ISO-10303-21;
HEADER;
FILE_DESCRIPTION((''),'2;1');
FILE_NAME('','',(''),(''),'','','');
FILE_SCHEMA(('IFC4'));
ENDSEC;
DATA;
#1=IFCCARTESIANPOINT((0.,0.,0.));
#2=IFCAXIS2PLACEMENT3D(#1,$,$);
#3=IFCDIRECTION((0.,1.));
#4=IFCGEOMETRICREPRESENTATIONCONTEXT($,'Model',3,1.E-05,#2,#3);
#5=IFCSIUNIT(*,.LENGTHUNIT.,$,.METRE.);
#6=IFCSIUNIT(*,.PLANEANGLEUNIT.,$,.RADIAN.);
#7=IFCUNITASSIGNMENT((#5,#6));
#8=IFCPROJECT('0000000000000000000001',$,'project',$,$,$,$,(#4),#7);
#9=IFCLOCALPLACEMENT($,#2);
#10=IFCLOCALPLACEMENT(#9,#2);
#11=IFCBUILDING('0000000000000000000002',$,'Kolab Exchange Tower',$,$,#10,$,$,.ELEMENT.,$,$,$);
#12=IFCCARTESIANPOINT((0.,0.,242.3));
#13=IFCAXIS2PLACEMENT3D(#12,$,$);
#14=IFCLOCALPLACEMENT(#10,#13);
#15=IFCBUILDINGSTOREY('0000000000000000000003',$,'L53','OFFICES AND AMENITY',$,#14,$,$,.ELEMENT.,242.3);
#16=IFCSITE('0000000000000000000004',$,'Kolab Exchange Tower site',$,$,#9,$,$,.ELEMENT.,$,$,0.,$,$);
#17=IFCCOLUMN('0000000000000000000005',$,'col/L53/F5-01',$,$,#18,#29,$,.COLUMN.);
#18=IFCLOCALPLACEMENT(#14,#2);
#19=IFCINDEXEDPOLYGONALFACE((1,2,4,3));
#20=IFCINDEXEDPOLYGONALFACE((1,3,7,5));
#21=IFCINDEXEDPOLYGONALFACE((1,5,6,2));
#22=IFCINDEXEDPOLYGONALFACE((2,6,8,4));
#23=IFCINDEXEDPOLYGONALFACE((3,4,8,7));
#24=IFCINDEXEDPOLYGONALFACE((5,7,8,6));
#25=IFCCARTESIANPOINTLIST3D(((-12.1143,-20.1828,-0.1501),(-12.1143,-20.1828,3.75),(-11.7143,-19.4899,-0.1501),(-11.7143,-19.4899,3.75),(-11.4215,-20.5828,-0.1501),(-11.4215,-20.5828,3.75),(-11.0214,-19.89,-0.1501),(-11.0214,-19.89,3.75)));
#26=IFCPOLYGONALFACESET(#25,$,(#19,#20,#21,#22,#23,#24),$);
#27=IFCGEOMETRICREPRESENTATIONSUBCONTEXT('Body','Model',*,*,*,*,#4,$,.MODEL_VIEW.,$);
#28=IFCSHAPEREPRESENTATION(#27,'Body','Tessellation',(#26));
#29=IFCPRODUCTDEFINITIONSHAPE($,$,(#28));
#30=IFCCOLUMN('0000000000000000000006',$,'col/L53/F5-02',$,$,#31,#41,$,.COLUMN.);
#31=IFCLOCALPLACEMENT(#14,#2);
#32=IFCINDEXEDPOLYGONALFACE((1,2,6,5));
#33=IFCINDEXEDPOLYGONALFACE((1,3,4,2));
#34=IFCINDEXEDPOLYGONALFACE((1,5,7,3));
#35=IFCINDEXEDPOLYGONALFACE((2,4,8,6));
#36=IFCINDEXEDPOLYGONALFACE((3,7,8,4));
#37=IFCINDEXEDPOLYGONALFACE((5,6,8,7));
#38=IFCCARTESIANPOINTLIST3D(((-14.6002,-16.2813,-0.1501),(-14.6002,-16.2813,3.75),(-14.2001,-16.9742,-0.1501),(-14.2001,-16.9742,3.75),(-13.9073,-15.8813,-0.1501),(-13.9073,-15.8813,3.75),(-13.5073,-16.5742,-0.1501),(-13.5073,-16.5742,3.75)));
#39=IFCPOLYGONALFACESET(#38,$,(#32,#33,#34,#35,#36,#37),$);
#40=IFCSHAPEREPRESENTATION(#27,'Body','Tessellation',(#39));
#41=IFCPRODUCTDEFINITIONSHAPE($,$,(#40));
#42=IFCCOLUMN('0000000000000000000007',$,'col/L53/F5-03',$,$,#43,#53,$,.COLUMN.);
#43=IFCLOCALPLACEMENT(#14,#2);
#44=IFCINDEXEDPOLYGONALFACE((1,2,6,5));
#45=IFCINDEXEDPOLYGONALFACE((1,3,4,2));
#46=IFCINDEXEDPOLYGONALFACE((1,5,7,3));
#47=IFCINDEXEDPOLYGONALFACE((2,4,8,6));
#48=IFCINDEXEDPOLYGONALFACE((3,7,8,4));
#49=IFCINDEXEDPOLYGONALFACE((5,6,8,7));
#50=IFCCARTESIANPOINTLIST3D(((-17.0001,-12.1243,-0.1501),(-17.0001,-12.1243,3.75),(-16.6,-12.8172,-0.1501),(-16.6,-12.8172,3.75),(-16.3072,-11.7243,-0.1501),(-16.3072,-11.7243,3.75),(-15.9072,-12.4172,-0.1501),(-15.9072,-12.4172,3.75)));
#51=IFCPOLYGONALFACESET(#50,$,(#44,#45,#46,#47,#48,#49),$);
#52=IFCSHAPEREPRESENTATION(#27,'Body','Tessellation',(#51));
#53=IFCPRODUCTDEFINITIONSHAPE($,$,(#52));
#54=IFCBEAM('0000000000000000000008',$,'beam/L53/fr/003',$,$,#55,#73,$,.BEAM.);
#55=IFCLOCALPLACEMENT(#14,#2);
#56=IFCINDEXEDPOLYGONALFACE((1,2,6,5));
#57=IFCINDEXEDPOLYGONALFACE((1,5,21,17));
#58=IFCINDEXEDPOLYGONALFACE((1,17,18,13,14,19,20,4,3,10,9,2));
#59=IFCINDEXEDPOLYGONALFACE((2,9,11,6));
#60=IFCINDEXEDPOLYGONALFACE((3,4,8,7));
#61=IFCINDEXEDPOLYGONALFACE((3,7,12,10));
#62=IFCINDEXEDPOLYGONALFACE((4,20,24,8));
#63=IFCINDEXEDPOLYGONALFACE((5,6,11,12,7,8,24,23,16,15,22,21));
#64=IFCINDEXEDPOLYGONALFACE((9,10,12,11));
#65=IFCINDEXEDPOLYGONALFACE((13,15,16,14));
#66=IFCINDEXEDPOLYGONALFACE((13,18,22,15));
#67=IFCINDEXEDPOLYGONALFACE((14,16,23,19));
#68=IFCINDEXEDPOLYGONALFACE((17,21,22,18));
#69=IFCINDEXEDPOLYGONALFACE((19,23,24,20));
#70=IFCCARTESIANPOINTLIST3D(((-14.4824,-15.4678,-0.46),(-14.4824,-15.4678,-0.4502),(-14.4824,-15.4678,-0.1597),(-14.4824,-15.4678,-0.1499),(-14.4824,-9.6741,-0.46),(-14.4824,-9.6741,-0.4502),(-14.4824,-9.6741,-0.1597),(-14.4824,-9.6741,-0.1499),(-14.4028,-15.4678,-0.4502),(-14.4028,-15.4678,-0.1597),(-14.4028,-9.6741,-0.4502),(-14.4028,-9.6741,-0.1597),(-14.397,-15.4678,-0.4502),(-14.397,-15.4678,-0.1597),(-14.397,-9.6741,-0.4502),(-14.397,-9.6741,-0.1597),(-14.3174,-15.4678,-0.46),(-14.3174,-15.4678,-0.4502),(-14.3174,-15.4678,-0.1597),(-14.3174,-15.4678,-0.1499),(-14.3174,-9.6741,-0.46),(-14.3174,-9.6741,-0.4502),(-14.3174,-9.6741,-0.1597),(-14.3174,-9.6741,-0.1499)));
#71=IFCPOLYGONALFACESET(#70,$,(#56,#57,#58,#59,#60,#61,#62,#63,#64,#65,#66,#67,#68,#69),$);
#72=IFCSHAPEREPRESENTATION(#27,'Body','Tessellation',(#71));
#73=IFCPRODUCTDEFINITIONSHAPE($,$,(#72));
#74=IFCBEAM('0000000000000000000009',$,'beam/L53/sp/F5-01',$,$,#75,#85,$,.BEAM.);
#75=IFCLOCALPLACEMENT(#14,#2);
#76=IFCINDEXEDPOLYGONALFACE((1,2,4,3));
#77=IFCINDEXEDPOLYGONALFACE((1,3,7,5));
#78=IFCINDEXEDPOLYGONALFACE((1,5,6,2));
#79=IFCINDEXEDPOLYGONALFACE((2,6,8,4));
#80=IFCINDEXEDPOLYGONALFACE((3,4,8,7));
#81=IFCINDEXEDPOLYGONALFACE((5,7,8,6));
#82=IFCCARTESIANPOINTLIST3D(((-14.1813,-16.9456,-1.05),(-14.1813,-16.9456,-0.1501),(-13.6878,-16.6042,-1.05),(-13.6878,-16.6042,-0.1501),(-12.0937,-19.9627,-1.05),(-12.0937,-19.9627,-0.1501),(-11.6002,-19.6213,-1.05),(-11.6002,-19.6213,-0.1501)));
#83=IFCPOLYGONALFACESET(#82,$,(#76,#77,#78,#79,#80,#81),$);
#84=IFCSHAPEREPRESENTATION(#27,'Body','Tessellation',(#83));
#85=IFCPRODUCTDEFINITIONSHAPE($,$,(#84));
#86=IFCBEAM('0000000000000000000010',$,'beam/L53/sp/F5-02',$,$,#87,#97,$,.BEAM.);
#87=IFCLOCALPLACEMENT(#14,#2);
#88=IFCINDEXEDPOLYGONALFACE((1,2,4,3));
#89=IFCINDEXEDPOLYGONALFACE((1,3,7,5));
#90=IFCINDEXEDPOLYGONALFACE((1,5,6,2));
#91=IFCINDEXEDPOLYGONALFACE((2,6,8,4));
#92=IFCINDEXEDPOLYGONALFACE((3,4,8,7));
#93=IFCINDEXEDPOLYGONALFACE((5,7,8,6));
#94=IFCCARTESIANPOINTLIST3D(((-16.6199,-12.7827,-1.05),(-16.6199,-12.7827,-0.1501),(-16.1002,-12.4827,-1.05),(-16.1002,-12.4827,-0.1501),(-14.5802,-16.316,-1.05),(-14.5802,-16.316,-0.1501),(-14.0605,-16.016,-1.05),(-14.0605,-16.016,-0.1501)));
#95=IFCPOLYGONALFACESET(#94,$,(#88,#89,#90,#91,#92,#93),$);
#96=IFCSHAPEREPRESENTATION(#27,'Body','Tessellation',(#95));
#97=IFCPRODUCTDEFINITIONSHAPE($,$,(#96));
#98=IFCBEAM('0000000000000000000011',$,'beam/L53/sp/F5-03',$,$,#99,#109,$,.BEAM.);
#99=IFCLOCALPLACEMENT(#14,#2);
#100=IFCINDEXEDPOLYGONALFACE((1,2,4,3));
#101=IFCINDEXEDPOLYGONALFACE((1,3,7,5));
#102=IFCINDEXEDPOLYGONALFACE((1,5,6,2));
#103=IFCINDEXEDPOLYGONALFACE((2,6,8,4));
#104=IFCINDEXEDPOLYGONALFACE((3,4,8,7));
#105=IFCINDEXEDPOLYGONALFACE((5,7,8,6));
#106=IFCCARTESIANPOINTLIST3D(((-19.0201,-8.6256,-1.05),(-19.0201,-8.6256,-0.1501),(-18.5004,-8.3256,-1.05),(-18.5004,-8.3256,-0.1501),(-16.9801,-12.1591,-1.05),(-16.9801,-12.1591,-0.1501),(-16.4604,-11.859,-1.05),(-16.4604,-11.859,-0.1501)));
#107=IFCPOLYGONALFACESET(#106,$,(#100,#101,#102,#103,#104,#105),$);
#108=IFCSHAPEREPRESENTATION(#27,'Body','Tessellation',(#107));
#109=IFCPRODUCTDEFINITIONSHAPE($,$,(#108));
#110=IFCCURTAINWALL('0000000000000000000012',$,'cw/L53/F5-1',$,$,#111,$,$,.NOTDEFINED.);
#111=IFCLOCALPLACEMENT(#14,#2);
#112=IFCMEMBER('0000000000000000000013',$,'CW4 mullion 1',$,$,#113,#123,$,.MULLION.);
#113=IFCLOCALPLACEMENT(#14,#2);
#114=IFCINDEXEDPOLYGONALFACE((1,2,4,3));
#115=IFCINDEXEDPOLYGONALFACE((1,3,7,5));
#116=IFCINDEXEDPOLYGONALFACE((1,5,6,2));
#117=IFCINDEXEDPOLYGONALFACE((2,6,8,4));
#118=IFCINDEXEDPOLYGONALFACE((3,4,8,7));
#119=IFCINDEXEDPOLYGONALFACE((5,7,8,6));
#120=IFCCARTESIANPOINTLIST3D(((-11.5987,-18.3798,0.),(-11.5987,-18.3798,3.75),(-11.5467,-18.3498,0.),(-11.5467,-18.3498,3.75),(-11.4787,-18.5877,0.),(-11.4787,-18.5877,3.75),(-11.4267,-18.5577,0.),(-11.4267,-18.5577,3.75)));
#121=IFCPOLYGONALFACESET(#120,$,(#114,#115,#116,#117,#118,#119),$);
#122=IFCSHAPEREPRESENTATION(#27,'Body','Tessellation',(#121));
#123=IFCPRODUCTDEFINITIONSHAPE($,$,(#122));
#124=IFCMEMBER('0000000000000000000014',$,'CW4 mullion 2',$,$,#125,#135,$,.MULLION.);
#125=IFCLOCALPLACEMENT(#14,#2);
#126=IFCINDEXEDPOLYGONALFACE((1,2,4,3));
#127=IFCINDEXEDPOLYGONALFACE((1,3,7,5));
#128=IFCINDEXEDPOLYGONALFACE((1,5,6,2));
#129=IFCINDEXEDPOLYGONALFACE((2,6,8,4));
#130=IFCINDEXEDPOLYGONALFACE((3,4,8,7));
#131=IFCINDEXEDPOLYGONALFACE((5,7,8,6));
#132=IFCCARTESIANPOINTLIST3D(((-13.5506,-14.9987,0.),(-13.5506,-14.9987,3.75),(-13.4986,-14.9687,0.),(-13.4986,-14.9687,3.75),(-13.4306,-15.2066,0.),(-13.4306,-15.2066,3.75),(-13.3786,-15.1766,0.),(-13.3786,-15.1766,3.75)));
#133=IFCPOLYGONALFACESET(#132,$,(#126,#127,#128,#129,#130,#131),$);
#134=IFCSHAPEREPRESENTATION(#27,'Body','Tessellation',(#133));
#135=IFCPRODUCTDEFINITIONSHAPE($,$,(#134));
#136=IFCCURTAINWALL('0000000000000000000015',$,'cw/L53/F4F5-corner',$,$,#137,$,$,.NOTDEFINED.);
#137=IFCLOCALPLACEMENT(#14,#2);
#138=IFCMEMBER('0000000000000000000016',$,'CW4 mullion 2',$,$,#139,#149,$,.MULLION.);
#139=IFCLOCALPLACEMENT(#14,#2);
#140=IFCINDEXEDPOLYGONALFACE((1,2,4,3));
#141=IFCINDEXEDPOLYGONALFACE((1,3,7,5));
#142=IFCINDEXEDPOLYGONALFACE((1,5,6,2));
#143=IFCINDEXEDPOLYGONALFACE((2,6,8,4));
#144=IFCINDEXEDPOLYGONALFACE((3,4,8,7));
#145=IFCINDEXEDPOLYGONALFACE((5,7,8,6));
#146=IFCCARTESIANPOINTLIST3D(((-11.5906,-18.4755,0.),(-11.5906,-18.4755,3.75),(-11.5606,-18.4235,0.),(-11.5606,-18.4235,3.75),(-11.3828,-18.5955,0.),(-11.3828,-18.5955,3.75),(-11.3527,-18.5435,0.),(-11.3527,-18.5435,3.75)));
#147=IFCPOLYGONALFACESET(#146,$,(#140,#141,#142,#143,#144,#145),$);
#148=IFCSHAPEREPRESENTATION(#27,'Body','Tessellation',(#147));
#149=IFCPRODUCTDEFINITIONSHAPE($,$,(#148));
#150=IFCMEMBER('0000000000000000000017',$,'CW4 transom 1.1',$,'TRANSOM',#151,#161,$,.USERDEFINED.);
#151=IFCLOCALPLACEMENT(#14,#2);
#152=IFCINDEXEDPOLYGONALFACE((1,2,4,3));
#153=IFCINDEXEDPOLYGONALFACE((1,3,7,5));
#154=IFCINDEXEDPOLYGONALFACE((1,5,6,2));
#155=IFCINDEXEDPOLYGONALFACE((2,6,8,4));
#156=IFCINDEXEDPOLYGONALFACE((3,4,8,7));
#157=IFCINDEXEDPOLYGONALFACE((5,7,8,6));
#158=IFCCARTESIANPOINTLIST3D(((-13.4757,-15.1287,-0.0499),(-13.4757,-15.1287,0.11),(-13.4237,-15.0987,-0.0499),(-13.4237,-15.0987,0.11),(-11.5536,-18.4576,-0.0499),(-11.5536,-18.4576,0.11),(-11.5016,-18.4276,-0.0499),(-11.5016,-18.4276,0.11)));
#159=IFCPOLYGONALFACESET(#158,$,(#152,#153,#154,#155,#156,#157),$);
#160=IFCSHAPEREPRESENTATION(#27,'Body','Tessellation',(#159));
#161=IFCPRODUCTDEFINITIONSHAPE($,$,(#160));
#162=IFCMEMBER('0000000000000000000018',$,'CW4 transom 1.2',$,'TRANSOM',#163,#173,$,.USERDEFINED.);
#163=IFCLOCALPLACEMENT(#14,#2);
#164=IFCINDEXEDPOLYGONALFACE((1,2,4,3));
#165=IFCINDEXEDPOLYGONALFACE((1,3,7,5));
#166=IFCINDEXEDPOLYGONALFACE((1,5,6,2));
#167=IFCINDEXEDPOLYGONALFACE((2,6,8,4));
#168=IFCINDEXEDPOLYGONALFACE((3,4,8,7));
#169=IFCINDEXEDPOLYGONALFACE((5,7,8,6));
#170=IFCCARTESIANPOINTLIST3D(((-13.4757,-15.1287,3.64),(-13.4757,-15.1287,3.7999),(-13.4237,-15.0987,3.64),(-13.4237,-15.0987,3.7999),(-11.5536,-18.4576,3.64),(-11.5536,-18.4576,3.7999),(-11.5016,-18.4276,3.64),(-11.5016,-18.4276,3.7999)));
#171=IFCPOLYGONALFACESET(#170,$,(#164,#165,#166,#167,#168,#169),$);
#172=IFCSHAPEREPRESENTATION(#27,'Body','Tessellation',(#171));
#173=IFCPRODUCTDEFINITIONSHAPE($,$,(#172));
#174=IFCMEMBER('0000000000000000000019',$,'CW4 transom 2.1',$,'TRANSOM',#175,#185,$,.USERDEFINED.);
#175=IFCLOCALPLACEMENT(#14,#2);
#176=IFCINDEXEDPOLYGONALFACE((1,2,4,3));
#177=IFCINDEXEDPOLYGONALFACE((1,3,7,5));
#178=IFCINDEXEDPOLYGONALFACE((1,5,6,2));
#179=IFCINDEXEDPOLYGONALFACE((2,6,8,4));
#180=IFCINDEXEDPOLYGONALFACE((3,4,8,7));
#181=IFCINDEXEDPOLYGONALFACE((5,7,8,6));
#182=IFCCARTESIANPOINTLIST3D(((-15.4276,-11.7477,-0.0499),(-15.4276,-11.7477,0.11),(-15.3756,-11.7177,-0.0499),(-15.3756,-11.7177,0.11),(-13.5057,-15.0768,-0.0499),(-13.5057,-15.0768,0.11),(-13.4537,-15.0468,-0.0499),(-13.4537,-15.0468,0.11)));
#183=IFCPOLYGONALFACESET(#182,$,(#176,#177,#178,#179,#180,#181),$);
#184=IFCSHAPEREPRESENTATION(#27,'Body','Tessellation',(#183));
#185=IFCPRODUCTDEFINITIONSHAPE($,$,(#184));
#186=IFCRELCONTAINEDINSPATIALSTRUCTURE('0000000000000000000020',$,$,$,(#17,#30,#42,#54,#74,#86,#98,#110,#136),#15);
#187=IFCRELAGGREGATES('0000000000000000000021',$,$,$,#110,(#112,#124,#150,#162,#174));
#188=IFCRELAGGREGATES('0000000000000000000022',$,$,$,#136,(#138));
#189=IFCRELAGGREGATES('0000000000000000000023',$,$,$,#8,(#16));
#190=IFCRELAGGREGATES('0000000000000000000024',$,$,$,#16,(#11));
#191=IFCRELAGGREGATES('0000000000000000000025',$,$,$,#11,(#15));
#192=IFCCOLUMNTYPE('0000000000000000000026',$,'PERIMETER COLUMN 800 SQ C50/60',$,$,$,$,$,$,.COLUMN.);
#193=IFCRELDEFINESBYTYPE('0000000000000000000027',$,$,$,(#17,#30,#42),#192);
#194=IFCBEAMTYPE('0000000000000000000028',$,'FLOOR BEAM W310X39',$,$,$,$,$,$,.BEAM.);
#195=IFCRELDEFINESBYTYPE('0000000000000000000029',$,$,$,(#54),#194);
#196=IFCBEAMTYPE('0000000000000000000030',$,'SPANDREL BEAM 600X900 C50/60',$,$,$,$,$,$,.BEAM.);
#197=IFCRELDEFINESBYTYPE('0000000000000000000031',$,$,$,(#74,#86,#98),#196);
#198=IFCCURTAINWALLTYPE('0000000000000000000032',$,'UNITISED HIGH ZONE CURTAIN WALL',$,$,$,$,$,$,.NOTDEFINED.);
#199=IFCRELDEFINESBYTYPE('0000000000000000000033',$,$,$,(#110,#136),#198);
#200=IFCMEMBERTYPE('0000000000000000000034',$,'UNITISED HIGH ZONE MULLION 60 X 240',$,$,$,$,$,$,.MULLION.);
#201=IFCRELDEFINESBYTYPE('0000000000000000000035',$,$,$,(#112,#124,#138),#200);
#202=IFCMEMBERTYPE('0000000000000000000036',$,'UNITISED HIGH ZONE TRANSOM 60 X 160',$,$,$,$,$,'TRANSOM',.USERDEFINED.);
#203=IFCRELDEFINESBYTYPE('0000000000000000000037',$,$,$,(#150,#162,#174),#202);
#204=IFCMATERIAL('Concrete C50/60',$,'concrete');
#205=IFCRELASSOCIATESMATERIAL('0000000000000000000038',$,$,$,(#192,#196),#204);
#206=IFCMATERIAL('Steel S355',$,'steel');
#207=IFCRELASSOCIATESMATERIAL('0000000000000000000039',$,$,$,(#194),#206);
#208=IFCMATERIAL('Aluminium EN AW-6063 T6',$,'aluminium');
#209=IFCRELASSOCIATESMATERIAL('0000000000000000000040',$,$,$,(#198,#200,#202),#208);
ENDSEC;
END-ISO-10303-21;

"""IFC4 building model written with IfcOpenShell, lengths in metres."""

from ifc_helpers import new_model, si_unit, direction, frame, origin, origin_2d, place, context, subcontext, project, spatial, rectangle, i_section, extrude, material, material_profile, profile_set, type_object, element, aggregate, save


model = new_model("IFC4")

# Units and contexts
model_context = context("Model", 3, precision=1e-05, world=origin(), true_north=direction((0.0, 1.0)))
body_context = subcontext(model_context, "Body", "Model", "MODEL_VIEW")
ifc_project = project(units=[si_unit("LENGTHUNIT", "METRE"), si_unit("PLANEANGLEUNIT", "RADIAN")], contexts=[model_context])

# Site, building, storey
site_placement = place(None, origin())
site = spatial("IfcSite", under=ifc_project, at=site_placement, Name="Kolab Exchange Tower site", CompositionType="ELEMENT", RefElevation=0.0)
building_placement = place(site_placement, origin())
building = spatial("IfcBuilding", under=site, at=building_placement, Name="Kolab Exchange Tower", CompositionType="ELEMENT")
storey_placement = place(building_placement, frame((0.0, 0.0, 242.3)))
storey = spatial("IfcBuildingStorey", under=building, at=storey_placement, Name="L53", Description="OFFICES AND AMENITY", CompositionType="ELEMENT", Elevation=242.3)

# Columns
ifc_material_1 = material(Name="Concrete C50/60", Category="concrete")
ifc_material_profile_1 = material_profile(ifc_material_1, rectangle(XDim=0.8, YDim=0.8, at=origin_2d()), Name="RC800")
ifc_profile_set_1 = profile_set([ifc_material_profile_1], Name="Concrete C50/60")
column_type = type_object("IfcColumnType", Name="PERIMETER COLUMN 800 SQ C50/60", PredefinedType="COLUMN", material=ifc_profile_set_1)
for number, where, z_axis, x_axis, name in (
    (1, (-11.5679, -20.0364, -0.1501), (0.0, 0.0, 1.0), (0.5, 0.866025, 0.0), "col/L53/F5-01"),
    (2, (-14.0537, -16.4277, -0.1501), (0.0, 0.0, 1.0), (0.866025, 0.5, 0.0), "col/L53/F5-02"),
    (3, (-16.4536, -12.2708, -0.1501), (0.0, 0.0, 1.0), (0.866025, 0.5, 0.0), "col/L53/F5-03"),
):
    element("IfcColumn", number, at=place(storey_placement, frame(where, z_axis=z_axis, x_axis=x_axis)), inside=storey, type_object=column_type, Name=name, PredefinedType="COLUMN", context=body_context, shape_type="SweptSolid", body=[
        extrude(rectangle(XDim=0.8, YDim=0.8, at=origin_2d()), origin(), (0.0, 0.0, 1.0), 3.9001),
    ])

# Beams
ifc_material_2 = material(Name="Steel S355", Category="steel")
ifc_material_profile_2 = material_profile(ifc_material_2, i_section(OverallWidth=0.165, OverallDepth=0.3101, WebThickness=0.0059, FlangeThickness=0.0098, at=origin_2d()), Name="W310X39")
ifc_profile_set_2 = profile_set([ifc_material_profile_2], Name="Steel S355")
beam_type_1 = type_object("IfcBeamType", Name="FLOOR BEAM W310X39", PredefinedType="BEAM", material=ifc_profile_set_2)
beam_1_placement = place(storey_placement, frame((-14.3999, -15.4678, -0.3049), z_axis=(0.0, 1.0, 0.0), x_axis=(-1.0, 0.0, 0.0)))
element("IfcBeam", 4, at=beam_1_placement, inside=storey, type_object=beam_type_1, Name="beam/L53/fr/003", PredefinedType="BEAM", context=body_context, shape_type="SweptSolid", body=[
    extrude(i_section(OverallWidth=0.165, OverallDepth=0.3101, WebThickness=0.0059, FlangeThickness=0.0098, at=origin_2d()), origin(), (0.0, 0.0, 1.0), 5.7937),
])
ifc_material_profile_3 = material_profile(ifc_material_1, rectangle(XDim=0.6001, YDim=0.8999, at=origin_2d()), Name="RC600X900")
ifc_profile_set_3 = profile_set([ifc_material_profile_3], Name="Concrete C50/60")
beam_type_2 = type_object("IfcBeamType", Name="SPANDREL BEAM 600X900 C50/60", PredefinedType="BEAM", material=ifc_profile_set_3)
beam_2_placement = place(storey_placement, frame((-11.8469, -19.792, -0.6001), z_axis=(-0.569006, 0.822334, 0.0), x_axis=(-0.822334, -0.569006, 0.0)))
element("IfcBeam", 5, at=beam_2_placement, inside=storey, type_object=beam_type_2, Name="beam/L53/sp/F5-01", PredefinedType="BEAM", context=body_context, shape_type="SweptSolid", body=[
    extrude(rectangle(XDim=0.6001, YDim=0.8999, at=origin_2d()), origin(), (0.0, 0.0, 1.0), 3.6689),
])
beam_3_placement = place(storey_placement, frame((-14.3203, -16.166, -0.6001), z_axis=(-0.499956, 0.866051, 0.0), x_axis=(-0.866051, -0.499956, 0.0)))
element("IfcBeam", 6, at=beam_3_placement, inside=storey, type_object=beam_type_2, Name="beam/L53/sp/F5-02", PredefinedType="BEAM", context=body_context, shape_type="SweptSolid", body=[
    extrude(rectangle(XDim=0.6001, YDim=0.8999, at=origin_2d()), origin(), (0.0, 0.0, 1.0), 4.0798),
])
beam_4_placement = place(storey_placement, frame((-16.7202, -12.009, -0.6001), z_axis=(-0.5, 0.866025, 0.0), x_axis=(-0.866025, -0.5, 0.0)))
element("IfcBeam", 7, at=beam_4_placement, inside=storey, type_object=beam_type_2, Name="beam/L53/sp/F5-03", PredefinedType="BEAM", context=body_context, shape_type="SweptSolid", body=[
    extrude(rectangle(XDim=0.6001, YDim=0.8999, at=origin_2d()), origin(), (0.0, 0.0, 1.0), 4.0801),
])

# Curtain wall, members
ifc_material_3 = material(Name="Aluminium EN AW-6063 T6", Category="aluminium")
curtain_wall_type = type_object("IfcCurtainWallType", Name="UNITISED HIGH ZONE CURTAIN WALL", PredefinedType="NOTDEFINED", material=ifc_material_3)
curtain_wall_1_placement = place(storey_placement, origin())
curtain_wall_1 = element("IfcCurtainWall", 8, at=curtain_wall_1_placement, inside=storey, type_object=curtain_wall_type, Name="cw/L53/F5-1", PredefinedType="NOTDEFINED")
ifc_material_profile_4 = material_profile(ifc_material_3, rectangle(XDim=0.0601, YDim=0.24, at=origin_2d()), Name="RECT 60X240")
ifc_profile_set_4 = profile_set([ifc_material_profile_4], Name="Aluminium EN AW-6063 T6")
member_type_1 = type_object("IfcMemberType", Name="UNITISED HIGH ZONE MULLION 60 X 240", PredefinedType="MULLION", material=ifc_profile_set_4)
member_1_placement = place(storey_placement, frame((-11.5127, -18.4688, 0.0), z_axis=(0.0, 0.0, 1.0), x_axis=(-0.866025, -0.5, 0.0)))
member_1 = element("IfcMember", 9, at=member_1_placement, type_object=member_type_1, Name="CW4 mullion 1", PredefinedType="MULLION", context=body_context, shape_type="SweptSolid", body=[
    extrude(rectangle(XDim=0.0601, YDim=0.24, at=origin_2d()), origin(), (0.0, 0.0, 1.0), 3.75),
])
member_2_placement = place(storey_placement, frame((-13.4646, -15.0876, 0.0), z_axis=(0.0, 0.0, 1.0), x_axis=(-0.866025, -0.5, 0.0)))
member_2 = element("IfcMember", 10, at=member_2_placement, type_object=member_type_1, Name="CW4 mullion 2", PredefinedType="MULLION", context=body_context, shape_type="SweptSolid", body=[
    extrude(rectangle(XDim=0.0601, YDim=0.24, at=origin_2d()), origin(), (0.0, 0.0, 1.0), 3.75),
])

# Curtain wall, member
curtain_wall_2_placement = place(storey_placement, origin())
curtain_wall_2 = element("IfcCurtainWall", 11, at=curtain_wall_2_placement, inside=storey, type_object=curtain_wall_type, Name="cw/L53/F4F5-corner", PredefinedType="NOTDEFINED")
member_3_placement = place(storey_placement, frame((-11.4717, -18.5095, 0.0), z_axis=(0.0, 0.0, 1.0), x_axis=(-0.5, -0.866025, 0.0)))
member_3 = element("IfcMember", 12, at=member_3_placement, type_object=member_type_1, Name="CW4 mullion 2", PredefinedType="MULLION", context=body_context, shape_type="SweptSolid", body=[
    extrude(rectangle(XDim=0.0601, YDim=0.24, at=origin_2d()), origin(), (0.0, 0.0, 1.0), 3.75),
])

# Members
ifc_material_profile_5 = material_profile(ifc_material_3, rectangle(XDim=0.0601, YDim=0.1599, at=origin_2d()), Name="RECT 60X160")
ifc_profile_set_5 = profile_set([ifc_material_profile_5], Name="Aluminium EN AW-6063 T6")
member_type_2 = type_object("IfcMemberType", Name="UNITISED HIGH ZONE TRANSOM 60 X 160", ElementType="TRANSOM", PredefinedType="USERDEFINED", material=ifc_profile_set_5)
member_4_placement = place(storey_placement, frame((-11.5276, -18.4426, 0.03), z_axis=(-0.500039, 0.866003, 0.0), x_axis=(-0.866003, -0.500039, 0.0)))
member_4 = element("IfcMember", 13, at=member_4_placement, type_object=member_type_2, Name="CW4 transom 1.1", ObjectType="TRANSOM", PredefinedType="USERDEFINED", context=body_context, shape_type="SweptSolid", body=[
    extrude(rectangle(XDim=0.0601, YDim=0.1599, at=origin_2d()), origin(), (0.0, 0.0, 1.0), 3.844),
])
member_5_placement = place(storey_placement, frame((-11.5276, -18.4426, 3.72), z_axis=(-0.500039, 0.866003, 0.0), x_axis=(-0.866003, -0.500039, 0.0)))
member_5 = element("IfcMember", 14, at=member_5_placement, type_object=member_type_2, Name="CW4 transom 1.2", ObjectType="TRANSOM", PredefinedType="USERDEFINED", context=body_context, shape_type="SweptSolid", body=[
    extrude(rectangle(XDim=0.0601, YDim=0.1599, at=origin_2d()), origin(), (0.0, 0.0, 1.0), 3.844),
])
member_6_placement = place(storey_placement, frame((-13.4797, -15.0618, 0.03), z_axis=(-0.499964, 0.866046, 0.0), x_axis=(-0.866046, -0.499964, 0.0)))
member_6 = element("IfcMember", 15, at=member_6_placement, type_object=member_type_2, Name="CW4 transom 2.1", ObjectType="TRANSOM", PredefinedType="USERDEFINED", context=body_context, shape_type="SweptSolid", body=[
    extrude(rectangle(XDim=0.0601, YDim=0.1599, at=origin_2d()), origin(), (0.0, 0.0, 1.0), 3.844),
])

aggregate(curtain_wall_1, [member_1, member_2, member_4, member_5, member_6])
aggregate(curtain_wall_2, [member_3])

save(model, "model.ifc")
